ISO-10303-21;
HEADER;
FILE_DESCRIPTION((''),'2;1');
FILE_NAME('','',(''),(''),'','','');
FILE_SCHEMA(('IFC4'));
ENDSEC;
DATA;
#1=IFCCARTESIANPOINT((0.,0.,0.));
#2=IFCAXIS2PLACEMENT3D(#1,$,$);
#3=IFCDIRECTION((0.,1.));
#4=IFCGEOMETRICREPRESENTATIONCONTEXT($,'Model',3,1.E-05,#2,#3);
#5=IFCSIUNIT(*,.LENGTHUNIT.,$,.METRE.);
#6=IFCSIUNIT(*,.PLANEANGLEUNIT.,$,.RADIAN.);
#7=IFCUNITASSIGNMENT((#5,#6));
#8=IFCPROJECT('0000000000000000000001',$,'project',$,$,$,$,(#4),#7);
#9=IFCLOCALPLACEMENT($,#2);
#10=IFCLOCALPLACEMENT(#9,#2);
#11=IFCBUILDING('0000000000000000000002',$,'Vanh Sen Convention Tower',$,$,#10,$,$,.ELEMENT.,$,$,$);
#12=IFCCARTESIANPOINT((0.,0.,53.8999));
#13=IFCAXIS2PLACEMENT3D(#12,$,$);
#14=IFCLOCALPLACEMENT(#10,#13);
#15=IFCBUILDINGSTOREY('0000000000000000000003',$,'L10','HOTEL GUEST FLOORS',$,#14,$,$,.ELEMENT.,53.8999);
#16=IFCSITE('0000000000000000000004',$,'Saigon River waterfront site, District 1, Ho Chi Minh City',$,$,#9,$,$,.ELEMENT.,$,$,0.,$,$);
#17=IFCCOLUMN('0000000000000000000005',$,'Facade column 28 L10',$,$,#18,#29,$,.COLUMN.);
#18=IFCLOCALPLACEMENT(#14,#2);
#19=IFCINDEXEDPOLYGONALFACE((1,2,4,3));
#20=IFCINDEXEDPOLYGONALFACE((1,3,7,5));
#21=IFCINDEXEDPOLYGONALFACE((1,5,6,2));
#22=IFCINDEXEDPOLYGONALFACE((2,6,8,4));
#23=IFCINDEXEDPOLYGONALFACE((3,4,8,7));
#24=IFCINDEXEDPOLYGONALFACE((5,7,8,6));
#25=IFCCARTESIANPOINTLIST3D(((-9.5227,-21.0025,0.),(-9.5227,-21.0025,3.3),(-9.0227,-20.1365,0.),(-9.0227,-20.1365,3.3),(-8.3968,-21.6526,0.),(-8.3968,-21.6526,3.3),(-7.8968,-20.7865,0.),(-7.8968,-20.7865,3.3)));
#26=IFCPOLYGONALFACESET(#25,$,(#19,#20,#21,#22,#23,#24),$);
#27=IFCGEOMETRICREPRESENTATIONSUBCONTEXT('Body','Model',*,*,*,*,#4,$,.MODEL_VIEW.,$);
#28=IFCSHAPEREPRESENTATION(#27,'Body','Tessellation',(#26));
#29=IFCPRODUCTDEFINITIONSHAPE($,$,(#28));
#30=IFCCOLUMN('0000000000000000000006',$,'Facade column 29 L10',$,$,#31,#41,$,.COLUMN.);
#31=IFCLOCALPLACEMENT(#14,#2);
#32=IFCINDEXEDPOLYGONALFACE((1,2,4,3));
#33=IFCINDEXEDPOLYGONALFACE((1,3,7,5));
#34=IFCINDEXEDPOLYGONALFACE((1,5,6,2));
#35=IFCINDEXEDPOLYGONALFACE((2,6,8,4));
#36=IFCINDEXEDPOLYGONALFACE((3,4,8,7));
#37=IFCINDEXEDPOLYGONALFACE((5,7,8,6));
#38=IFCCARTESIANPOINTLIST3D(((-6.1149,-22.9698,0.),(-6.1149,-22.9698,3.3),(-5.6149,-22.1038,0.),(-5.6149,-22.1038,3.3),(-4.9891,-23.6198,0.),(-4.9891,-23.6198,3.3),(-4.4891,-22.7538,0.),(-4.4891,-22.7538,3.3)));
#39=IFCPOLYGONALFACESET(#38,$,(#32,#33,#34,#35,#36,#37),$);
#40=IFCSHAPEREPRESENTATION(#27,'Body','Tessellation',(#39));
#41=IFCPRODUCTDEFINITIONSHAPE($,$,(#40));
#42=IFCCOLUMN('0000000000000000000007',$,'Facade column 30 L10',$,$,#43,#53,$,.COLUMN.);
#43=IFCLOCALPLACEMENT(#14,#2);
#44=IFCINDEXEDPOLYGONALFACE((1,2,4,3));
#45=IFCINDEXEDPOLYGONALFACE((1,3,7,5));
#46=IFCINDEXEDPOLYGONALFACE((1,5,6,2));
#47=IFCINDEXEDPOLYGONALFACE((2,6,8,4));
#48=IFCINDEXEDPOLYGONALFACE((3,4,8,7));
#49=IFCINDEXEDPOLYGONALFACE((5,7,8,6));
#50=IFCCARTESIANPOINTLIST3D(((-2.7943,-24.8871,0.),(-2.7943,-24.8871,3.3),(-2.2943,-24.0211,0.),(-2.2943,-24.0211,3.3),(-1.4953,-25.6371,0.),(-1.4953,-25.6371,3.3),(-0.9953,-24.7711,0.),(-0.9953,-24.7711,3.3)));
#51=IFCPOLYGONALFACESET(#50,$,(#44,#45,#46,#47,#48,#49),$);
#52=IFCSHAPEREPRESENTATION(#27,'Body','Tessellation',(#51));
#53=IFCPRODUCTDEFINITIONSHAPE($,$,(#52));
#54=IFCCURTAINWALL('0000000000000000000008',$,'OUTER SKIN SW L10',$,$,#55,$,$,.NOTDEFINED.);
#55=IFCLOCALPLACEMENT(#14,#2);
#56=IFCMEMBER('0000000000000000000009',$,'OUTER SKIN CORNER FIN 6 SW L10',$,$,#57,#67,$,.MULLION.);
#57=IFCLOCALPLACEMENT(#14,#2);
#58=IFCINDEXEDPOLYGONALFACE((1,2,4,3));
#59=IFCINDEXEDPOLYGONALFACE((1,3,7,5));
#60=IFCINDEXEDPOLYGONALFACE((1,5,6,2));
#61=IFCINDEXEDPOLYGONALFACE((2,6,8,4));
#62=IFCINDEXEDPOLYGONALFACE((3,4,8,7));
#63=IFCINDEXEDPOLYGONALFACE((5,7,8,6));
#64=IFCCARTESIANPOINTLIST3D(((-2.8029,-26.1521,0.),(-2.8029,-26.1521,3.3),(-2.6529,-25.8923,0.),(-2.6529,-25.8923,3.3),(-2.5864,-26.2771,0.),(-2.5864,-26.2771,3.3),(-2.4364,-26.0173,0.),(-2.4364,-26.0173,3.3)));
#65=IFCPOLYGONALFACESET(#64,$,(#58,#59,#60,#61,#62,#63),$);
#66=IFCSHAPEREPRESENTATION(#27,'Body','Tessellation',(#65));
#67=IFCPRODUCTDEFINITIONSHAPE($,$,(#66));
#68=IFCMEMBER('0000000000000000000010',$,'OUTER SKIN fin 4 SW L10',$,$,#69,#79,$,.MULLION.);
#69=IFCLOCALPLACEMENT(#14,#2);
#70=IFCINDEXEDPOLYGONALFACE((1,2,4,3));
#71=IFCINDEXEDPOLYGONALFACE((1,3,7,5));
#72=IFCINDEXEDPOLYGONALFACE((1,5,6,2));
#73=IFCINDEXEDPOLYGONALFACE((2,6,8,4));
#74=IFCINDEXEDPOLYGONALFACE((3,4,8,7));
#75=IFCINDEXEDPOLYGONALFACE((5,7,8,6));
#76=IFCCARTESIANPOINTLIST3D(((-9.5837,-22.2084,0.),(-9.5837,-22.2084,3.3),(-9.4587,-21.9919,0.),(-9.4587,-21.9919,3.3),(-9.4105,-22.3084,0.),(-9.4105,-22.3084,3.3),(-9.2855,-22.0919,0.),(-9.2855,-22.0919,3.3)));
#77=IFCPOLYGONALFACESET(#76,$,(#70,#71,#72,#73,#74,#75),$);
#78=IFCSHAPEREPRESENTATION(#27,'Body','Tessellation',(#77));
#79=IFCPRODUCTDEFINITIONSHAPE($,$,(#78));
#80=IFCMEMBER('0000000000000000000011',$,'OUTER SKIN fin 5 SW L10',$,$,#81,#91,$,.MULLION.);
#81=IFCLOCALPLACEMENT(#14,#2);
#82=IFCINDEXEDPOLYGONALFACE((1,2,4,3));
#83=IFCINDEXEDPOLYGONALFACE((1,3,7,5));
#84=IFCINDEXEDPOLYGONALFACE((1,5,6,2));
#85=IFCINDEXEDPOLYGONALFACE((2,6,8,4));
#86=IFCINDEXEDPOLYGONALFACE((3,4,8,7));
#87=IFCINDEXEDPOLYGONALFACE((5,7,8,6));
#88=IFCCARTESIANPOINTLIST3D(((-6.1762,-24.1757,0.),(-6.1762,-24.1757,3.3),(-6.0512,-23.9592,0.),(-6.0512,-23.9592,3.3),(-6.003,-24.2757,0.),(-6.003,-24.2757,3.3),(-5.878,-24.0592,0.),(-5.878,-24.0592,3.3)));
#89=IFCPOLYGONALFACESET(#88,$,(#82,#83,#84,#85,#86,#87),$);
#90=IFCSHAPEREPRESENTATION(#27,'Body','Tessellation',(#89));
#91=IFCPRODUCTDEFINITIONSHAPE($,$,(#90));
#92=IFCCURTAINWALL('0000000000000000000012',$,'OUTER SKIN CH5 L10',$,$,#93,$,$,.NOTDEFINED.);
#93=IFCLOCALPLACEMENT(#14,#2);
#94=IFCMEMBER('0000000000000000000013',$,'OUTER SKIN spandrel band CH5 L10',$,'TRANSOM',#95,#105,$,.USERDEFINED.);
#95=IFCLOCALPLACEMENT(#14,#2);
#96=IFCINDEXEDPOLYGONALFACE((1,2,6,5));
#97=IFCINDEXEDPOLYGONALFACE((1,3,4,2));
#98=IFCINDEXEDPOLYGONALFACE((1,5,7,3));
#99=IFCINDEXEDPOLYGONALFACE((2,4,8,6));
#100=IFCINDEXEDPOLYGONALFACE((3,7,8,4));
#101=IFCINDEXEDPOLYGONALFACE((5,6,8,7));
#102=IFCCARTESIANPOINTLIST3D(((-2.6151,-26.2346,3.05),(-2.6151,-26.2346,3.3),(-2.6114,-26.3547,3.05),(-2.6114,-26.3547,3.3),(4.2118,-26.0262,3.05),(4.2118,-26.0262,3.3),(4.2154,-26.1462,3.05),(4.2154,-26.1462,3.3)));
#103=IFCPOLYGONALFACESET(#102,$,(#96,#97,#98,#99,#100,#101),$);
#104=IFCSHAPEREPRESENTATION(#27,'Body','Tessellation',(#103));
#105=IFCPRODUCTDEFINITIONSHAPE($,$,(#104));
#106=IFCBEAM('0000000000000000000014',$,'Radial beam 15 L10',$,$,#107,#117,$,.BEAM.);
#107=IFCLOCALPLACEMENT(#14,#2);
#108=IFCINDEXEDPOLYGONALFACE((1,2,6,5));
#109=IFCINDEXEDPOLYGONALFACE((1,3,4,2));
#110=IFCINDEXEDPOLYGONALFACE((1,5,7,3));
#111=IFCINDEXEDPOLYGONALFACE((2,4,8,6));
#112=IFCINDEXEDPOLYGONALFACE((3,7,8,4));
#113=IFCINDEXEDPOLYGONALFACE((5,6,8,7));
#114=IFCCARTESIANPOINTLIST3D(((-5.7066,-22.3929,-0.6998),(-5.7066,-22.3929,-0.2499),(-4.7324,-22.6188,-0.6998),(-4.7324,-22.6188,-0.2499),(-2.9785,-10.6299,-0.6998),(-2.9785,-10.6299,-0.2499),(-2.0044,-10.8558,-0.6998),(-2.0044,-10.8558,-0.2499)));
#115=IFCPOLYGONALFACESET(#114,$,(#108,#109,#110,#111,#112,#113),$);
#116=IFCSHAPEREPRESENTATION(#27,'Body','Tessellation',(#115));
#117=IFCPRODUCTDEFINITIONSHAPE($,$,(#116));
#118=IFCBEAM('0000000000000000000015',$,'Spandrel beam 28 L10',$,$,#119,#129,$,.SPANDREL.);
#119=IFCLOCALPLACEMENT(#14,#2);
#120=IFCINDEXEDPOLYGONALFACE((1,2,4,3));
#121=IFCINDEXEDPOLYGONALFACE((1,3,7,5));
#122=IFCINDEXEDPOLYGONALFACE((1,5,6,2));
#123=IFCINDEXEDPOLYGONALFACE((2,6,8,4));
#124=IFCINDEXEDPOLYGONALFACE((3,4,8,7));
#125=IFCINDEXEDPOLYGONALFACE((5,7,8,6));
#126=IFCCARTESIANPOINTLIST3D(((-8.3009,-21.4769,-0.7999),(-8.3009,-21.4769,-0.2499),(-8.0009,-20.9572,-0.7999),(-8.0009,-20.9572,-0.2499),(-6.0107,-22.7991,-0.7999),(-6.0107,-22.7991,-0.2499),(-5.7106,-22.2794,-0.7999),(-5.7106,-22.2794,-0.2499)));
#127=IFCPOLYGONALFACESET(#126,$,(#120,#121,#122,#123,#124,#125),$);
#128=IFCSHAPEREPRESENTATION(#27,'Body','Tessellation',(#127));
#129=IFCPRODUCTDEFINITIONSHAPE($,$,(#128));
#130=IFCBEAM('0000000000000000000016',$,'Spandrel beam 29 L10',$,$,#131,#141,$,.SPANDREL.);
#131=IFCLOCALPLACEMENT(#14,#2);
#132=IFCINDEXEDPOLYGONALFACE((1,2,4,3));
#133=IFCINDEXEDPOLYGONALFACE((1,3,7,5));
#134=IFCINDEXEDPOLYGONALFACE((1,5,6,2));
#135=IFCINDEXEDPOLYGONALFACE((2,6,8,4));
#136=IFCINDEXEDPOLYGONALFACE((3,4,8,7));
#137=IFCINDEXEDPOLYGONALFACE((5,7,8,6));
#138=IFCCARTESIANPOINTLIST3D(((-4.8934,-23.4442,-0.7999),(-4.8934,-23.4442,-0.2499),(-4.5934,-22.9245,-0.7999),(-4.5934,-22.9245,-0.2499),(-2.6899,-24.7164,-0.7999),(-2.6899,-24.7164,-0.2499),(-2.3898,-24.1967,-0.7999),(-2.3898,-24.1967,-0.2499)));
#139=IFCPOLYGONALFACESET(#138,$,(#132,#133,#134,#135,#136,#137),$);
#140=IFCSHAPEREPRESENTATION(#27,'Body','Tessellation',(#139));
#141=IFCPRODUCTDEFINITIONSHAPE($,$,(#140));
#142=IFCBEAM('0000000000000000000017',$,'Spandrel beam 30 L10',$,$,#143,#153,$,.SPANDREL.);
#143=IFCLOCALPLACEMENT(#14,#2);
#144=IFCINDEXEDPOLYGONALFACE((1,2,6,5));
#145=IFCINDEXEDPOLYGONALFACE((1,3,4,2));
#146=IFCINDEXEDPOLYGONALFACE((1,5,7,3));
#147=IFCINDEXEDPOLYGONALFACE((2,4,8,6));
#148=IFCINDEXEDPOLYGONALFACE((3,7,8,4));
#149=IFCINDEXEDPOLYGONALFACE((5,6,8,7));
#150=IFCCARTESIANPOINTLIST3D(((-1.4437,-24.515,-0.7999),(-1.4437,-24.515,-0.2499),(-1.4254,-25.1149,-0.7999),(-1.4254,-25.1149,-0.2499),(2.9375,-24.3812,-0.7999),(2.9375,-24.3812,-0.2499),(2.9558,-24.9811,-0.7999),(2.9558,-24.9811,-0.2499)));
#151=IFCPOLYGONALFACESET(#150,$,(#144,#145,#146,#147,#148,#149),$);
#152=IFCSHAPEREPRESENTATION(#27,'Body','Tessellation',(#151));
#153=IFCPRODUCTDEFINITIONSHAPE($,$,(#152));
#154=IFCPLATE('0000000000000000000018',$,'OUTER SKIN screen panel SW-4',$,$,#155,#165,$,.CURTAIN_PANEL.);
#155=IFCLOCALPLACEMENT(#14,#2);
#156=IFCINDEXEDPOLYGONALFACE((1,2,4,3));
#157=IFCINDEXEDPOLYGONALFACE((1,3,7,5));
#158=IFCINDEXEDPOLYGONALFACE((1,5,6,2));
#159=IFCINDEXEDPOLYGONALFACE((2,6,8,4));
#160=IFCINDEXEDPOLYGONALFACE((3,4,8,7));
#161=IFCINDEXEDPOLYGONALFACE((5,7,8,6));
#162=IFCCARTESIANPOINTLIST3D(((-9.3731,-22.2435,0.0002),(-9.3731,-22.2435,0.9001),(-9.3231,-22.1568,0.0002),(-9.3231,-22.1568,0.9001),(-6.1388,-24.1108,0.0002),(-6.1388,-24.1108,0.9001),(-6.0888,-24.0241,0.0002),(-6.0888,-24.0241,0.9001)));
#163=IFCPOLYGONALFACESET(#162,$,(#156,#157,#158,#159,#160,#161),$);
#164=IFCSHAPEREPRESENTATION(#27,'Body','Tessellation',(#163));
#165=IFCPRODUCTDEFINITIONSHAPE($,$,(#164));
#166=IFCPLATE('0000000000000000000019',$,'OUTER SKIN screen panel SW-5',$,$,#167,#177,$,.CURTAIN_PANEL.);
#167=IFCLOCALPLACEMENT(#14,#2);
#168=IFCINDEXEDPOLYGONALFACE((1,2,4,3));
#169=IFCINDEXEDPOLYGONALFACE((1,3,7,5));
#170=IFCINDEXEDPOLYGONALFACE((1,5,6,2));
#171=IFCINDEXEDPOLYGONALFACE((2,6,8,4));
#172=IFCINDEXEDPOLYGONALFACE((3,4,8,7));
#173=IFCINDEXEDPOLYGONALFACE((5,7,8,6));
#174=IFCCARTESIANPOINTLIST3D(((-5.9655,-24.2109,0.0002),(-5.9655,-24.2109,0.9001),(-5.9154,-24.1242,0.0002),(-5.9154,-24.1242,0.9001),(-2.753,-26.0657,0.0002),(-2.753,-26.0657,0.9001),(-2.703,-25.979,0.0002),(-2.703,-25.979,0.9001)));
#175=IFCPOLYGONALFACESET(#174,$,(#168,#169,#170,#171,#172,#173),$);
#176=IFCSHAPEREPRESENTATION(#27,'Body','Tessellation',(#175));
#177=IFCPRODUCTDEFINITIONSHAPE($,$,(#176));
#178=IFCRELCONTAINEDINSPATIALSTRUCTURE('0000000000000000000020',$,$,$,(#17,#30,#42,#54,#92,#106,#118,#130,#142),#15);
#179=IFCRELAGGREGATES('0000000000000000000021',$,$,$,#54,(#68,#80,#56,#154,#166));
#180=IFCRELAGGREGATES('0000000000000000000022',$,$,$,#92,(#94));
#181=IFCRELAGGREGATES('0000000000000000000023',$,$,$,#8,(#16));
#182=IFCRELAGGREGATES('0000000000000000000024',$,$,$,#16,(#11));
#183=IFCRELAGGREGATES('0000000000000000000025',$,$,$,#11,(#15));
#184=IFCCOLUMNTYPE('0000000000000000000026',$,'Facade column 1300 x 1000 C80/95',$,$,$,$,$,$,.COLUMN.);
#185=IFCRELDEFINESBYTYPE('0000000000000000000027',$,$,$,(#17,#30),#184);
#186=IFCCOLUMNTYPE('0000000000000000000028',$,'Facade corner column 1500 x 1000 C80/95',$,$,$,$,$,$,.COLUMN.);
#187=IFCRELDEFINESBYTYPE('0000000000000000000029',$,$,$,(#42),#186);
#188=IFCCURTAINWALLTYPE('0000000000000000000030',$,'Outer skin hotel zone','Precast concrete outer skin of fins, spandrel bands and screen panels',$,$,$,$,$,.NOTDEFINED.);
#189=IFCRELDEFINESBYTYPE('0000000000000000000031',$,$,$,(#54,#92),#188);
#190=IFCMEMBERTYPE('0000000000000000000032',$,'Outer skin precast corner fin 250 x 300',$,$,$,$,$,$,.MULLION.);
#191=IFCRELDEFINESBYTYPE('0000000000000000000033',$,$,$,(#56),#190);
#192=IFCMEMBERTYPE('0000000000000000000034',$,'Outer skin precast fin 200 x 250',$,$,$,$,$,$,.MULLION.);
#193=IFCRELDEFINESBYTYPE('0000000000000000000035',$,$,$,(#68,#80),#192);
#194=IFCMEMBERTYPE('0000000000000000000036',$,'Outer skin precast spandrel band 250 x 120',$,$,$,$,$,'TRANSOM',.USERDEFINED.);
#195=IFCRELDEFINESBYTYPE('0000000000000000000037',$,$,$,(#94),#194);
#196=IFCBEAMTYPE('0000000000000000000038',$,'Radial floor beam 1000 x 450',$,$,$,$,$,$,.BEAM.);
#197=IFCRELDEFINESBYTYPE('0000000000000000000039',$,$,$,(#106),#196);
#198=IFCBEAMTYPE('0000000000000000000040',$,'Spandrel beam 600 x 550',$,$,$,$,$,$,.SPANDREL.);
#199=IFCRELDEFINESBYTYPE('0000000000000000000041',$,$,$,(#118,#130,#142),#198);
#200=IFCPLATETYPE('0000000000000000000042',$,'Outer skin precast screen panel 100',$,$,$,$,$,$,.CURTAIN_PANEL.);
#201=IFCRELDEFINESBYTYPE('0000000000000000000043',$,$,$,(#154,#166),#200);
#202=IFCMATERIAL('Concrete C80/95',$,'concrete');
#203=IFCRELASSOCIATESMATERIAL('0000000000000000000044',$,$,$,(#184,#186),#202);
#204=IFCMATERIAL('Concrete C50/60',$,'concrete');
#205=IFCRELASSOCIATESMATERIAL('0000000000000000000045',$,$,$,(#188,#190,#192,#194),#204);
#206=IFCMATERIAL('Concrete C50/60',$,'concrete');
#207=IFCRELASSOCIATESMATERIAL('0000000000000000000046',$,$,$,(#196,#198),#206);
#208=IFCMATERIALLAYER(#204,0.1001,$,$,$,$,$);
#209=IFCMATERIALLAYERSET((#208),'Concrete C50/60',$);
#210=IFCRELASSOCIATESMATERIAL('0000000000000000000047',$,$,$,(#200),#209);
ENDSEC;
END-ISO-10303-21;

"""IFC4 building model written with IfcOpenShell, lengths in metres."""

from ifc_helpers import new_model, si_unit, direction, frame, origin, origin_2d, place, context, subcontext, project, spatial, rectangle, extrude, material, layer, layer_set, material_profile, profile_set, type_object, element, aggregate, save


model = new_model("IFC4")

# Units and contexts
model_context = context("Model", 3, precision=1e-05, world=origin(), true_north=direction((0.0, 1.0)))
body_context = subcontext(model_context, "Body", "Model", "MODEL_VIEW")
ifc_project = project(units=[si_unit("LENGTHUNIT", "METRE"), si_unit("PLANEANGLEUNIT", "RADIAN")], contexts=[model_context])

# Site, building, storey
site_placement = place(None, origin())
site = spatial("IfcSite", under=ifc_project, at=site_placement, Name="Saigon River waterfront site, District 1, Ho Chi Minh City", CompositionType="ELEMENT", RefElevation=0.0)
building_placement = place(site_placement, origin())
building = spatial("IfcBuilding", under=site, at=building_placement, Name="Vanh Sen Convention Tower", CompositionType="ELEMENT")
storey_placement = place(building_placement, frame((0.0, 0.0, 53.8999)))
storey = spatial("IfcBuildingStorey", under=building, at=storey_placement, Name="L10", Description="HOTEL GUEST FLOORS", CompositionType="ELEMENT", Elevation=53.8999)

# Columns
ifc_material_1 = material(Name="Concrete C80/95", Category="concrete")
ifc_material_profile_1 = material_profile(ifc_material_1, rectangle(XDim=1.3, YDim=1.0, at=origin_2d()), Name="RC 1300X1000")
ifc_profile_set_1 = profile_set([ifc_material_profile_1], Name="Concrete C80/95")
column_type_1 = type_object("IfcColumnType", Name="Facade column 1300 x 1000 C80/95", PredefinedType="COLUMN", material=ifc_profile_set_1)
for number, where, z_axis, x_axis, name in (
    (1, (-8.7097, -20.8945, 0.0), (0.0, 0.0, 1.0), (0.866025, -0.5, 0.0), "Facade column 28 L10"),
    (2, (-5.302, -22.8618, 0.0), (0.0, 0.0, 1.0), (0.866025, -0.5, 0.0), "Facade column 29 L10"),
):
    element("IfcColumn", number, at=place(storey_placement, frame(where, z_axis=z_axis, x_axis=x_axis)), inside=storey, type_object=column_type_1, Name=name, PredefinedType="COLUMN", context=body_context, shape_type="SweptSolid", body=[
        extrude(rectangle(XDim=1.3, YDim=1.0, at=origin_2d()), origin(), (0.0, 0.0, 1.0), 3.3),
    ])
ifc_material_profile_2 = material_profile(ifc_material_1, rectangle(XDim=1.5, YDim=1.0, at=origin_2d()), Name="RC 1500X1000")
ifc_profile_set_2 = profile_set([ifc_material_profile_2], Name="Concrete C80/95")
column_type_2 = type_object("IfcColumnType", Name="Facade corner column 1500 x 1000 C80/95", PredefinedType="COLUMN", material=ifc_profile_set_2)
column_placement = place(storey_placement, frame((-1.8948, -24.8291, 0.0), z_axis=(0.0, 0.0, 1.0), x_axis=(0.866025, -0.5, 0.0)))
element("IfcColumn", 3, at=column_placement, inside=storey, type_object=column_type_2, Name="Facade column 30 L10", PredefinedType="COLUMN", context=body_context, shape_type="SweptSolid", body=[
    extrude(rectangle(XDim=1.5, YDim=1.0, at=origin_2d()), origin(), (0.0, 0.0, 1.0), 3.3),
])

# Curtain wall, members
ifc_material_2 = material(Name="Concrete C50/60", Category="concrete")
curtain_wall_type = type_object("IfcCurtainWallType", Name="Outer skin hotel zone", Description="Precast concrete outer skin of fins, spandrel bands and screen panels", PredefinedType="NOTDEFINED", material=ifc_material_2)
curtain_wall_1_placement = place(storey_placement, origin())
curtain_wall_1 = element("IfcCurtainWall", 4, at=curtain_wall_1_placement, inside=storey, type_object=curtain_wall_type, Name="OUTER SKIN SW L10", PredefinedType="NOTDEFINED")
ifc_material_profile_3 = material_profile(ifc_material_2, rectangle(XDim=0.25, YDim=0.3, at=origin_2d()), Name="Outer skin precast corner fin 250 x 300")
ifc_profile_set_3 = profile_set([ifc_material_profile_3], Name="Concrete C50/60")
member_type_1 = type_object("IfcMemberType", Name="Outer skin precast corner fin 250 x 300", PredefinedType="MULLION", material=ifc_profile_set_3)
member_1_placement = place(storey_placement, frame((-2.6196, -26.0847, 0.0), z_axis=(0.0, 0.0, 1.0), x_axis=(0.866025, -0.5, 0.0)))
member_1 = element("IfcMember", 5, at=member_1_placement, type_object=member_type_1, Name="OUTER SKIN CORNER FIN 6 SW L10", PredefinedType="MULLION", context=body_context, shape_type="SweptSolid", body=[
    extrude(rectangle(XDim=0.25, YDim=0.3, at=origin_2d()), origin(), (0.0, 0.0, 1.0), 3.3),
])
ifc_material_profile_4 = material_profile(ifc_material_2, rectangle(XDim=0.2, YDim=0.25, at=origin_2d()), Name="Outer skin precast fin 200 x 250")
ifc_profile_set_4 = profile_set([ifc_material_profile_4], Name="Concrete C50/60")
member_type_2 = type_object("IfcMemberType", Name="Outer skin precast fin 200 x 250", PredefinedType="MULLION", material=ifc_profile_set_4)
member_2_placement = place(storey_placement, frame((-9.4346, -22.1501, 0.0), z_axis=(0.0, 0.0, 1.0), x_axis=(0.866025, -0.5, 0.0)))
member_2 = element("IfcMember", 6, at=member_2_placement, type_object=member_type_2, Name="OUTER SKIN fin 4 SW L10", PredefinedType="MULLION", context=body_context, shape_type="SweptSolid", body=[
    extrude(rectangle(XDim=0.2, YDim=0.25, at=origin_2d()), origin(), (0.0, 0.0, 1.0), 3.3),
])
member_3_placement = place(storey_placement, frame((-6.0271, -24.1174, 0.0), z_axis=(0.0, 0.0, 1.0), x_axis=(0.866025, -0.5, 0.0)))
member_3 = element("IfcMember", 7, at=member_3_placement, type_object=member_type_2, Name="OUTER SKIN fin 5 SW L10", PredefinedType="MULLION", context=body_context, shape_type="SweptSolid", body=[
    extrude(rectangle(XDim=0.2, YDim=0.25, at=origin_2d()), origin(), (0.0, 0.0, 1.0), 3.3),
])

# Curtain wall, member
curtain_wall_2_placement = place(storey_placement, origin())
curtain_wall_2 = element("IfcCurtainWall", 8, at=curtain_wall_2_placement, inside=storey, type_object=curtain_wall_type, Name="OUTER SKIN CH5 L10", PredefinedType="NOTDEFINED")
ifc_material_profile_5 = material_profile(ifc_material_2, rectangle(XDim=0.1201, YDim=0.25, at=origin_2d()), Name="Outer skin precast spandrel band 250 x 120")
ifc_profile_set_5 = profile_set([ifc_material_profile_5], Name="Concrete C50/60")
member_type_3 = type_object("IfcMemberType", Name="Outer skin precast spandrel band 250 x 120", ElementType="TRANSOM", PredefinedType="USERDEFINED", material=ifc_profile_set_5)
member_4_placement = place(storey_placement, frame((-2.6133, -26.2947, 3.175), z_axis=(0.999534, 0.030526, 0.0), x_axis=(-0.030526, 0.999534, 0.0)))
member_4 = element("IfcMember", 9, at=member_4_placement, type_object=member_type_3, Name="OUTER SKIN spandrel band CH5 L10", ObjectType="TRANSOM", PredefinedType="USERDEFINED", context=body_context, shape_type="SweptSolid", body=[
    extrude(rectangle(XDim=0.1201, YDim=0.25, at=origin_2d()), origin(), (0.0, 0.0, 1.0), 6.8301),
])

# Beams
ifc_material_3 = material(Name="Concrete C50/60", Category="concrete")
ifc_material_profile_6 = material_profile(ifc_material_3, rectangle(XDim=1.0, YDim=0.45, at=origin_2d()), Name="RC 1000X450")
ifc_profile_set_6 = profile_set([ifc_material_profile_6], Name="Concrete C50/60")
beam_type_1 = type_object("IfcBeamType", Name="Radial floor beam 1000 x 450", PredefinedType="BEAM", material=ifc_profile_set_6)
beam_1_placement = place(storey_placement, frame((-5.2195, -22.5059, -0.4749), z_axis=(0.225921, 0.974146, 0.0), x_axis=(-0.974146, 0.225921, 0.0)))
element("IfcBeam", 10, at=beam_1_placement, inside=storey, type_object=beam_type_1, Name="Radial beam 15 L10", PredefinedType="BEAM", context=body_context, shape_type="SweptSolid", body=[
    extrude(rectangle(XDim=1.0, YDim=0.45, at=origin_2d()), origin(), (0.0, 0.0, 1.0), 12.0752),
])
ifc_material_profile_7 = material_profile(ifc_material_3, rectangle(XDim=0.6001, YDim=0.55, at=origin_2d()), Name="RC 600X550")
ifc_profile_set_7 = profile_set([ifc_material_profile_7], Name="Concrete C50/60")
beam_type_2 = type_object("IfcBeamType", Name="Spandrel beam 600 x 550", PredefinedType="SPANDREL", material=ifc_profile_set_7)
beam_2_placement = place(storey_placement, frame((-8.1509, -21.217, -0.5249), z_axis=(0.86603, -0.499991, 0.0), x_axis=(0.499991, 0.86603, 0.0)))
element("IfcBeam", 11, at=beam_2_placement, inside=storey, type_object=beam_type_2, Name="Spandrel beam 28 L10", PredefinedType="SPANDREL", context=body_context, shape_type="SweptSolid", body=[
    extrude(rectangle(XDim=0.6001, YDim=0.55, at=origin_2d()), origin(), (0.0, 0.0, 1.0), 2.6445),
])
beam_3_placement = place(storey_placement, frame((-4.7434, -23.1843, -0.5249), z_axis=(0.866032, -0.499988, 0.0), x_axis=(0.499988, 0.866032, 0.0)))
element("IfcBeam", 12, at=beam_3_placement, inside=storey, type_object=beam_type_2, Name="Spandrel beam 29 L10", PredefinedType="SPANDREL", context=body_context, shape_type="SweptSolid", body=[
    extrude(rectangle(XDim=0.6001, YDim=0.55, at=origin_2d()), origin(), (0.0, 0.0, 1.0), 2.5444),
])
beam_4_placement = place(storey_placement, frame((-1.4346, -24.8149, -0.5249), z_axis=(0.999534, 0.030522, 0.0), x_axis=(-0.030522, 0.999534, 0.0)))
element("IfcBeam", 13, at=beam_4_placement, inside=storey, type_object=beam_type_2, Name="Spandrel beam 30 L10", PredefinedType="SPANDREL", context=body_context, shape_type="SweptSolid", body=[
    extrude(rectangle(XDim=0.6001, YDim=0.55, at=origin_2d()), origin(), (0.0, 0.0, 1.0), 4.3833),
])

# Plates
ifc_layer_1 = layer(ifc_material_2, 0.1001)
ifc_layer_set_1 = layer_set([ifc_layer_1], Name="Concrete C50/60")
plate_type = type_object("IfcPlateType", Name="Outer skin precast screen panel 100", PredefinedType="CURTAIN_PANEL", material=ifc_layer_set_1)
plate_1_placement = place(storey_placement, frame((-7.731, -23.1338, 0.0002), z_axis=(0.0, 0.0, 1.0), x_axis=(0.866028, -0.499995, 0.0)))
plate_1 = element("IfcPlate", 14, at=plate_1_placement, type_object=plate_type, Name="OUTER SKIN screen panel SW-4", PredefinedType="CURTAIN_PANEL", context=body_context, shape_type="SweptSolid", body=[
    extrude(rectangle(XDim=3.7346, YDim=0.1001, at=origin_2d()), origin(), (0.0, 0.0, 1.0), 0.8999),
])
plate_2_placement = place(storey_placement, frame((-4.3342, -25.095, 0.0002), z_axis=(0.0, 0.0, 1.0), x_axis=(0.866021, -0.500008, 0.0)))
plate_2 = element("IfcPlate", 15, at=plate_2_placement, type_object=plate_type, Name="OUTER SKIN screen panel SW-5", PredefinedType="CURTAIN_PANEL", context=body_context, shape_type="SweptSolid", body=[
    extrude(rectangle(XDim=3.7095, YDim=0.1001, at=origin_2d()), origin(), (0.0, 0.0, 1.0), 0.8999),
])
aggregate(curtain_wall_1, [member_2, member_3, member_1, plate_1, plate_2])
aggregate(curtain_wall_2, [member_4])

save(model, "model.ifc")
